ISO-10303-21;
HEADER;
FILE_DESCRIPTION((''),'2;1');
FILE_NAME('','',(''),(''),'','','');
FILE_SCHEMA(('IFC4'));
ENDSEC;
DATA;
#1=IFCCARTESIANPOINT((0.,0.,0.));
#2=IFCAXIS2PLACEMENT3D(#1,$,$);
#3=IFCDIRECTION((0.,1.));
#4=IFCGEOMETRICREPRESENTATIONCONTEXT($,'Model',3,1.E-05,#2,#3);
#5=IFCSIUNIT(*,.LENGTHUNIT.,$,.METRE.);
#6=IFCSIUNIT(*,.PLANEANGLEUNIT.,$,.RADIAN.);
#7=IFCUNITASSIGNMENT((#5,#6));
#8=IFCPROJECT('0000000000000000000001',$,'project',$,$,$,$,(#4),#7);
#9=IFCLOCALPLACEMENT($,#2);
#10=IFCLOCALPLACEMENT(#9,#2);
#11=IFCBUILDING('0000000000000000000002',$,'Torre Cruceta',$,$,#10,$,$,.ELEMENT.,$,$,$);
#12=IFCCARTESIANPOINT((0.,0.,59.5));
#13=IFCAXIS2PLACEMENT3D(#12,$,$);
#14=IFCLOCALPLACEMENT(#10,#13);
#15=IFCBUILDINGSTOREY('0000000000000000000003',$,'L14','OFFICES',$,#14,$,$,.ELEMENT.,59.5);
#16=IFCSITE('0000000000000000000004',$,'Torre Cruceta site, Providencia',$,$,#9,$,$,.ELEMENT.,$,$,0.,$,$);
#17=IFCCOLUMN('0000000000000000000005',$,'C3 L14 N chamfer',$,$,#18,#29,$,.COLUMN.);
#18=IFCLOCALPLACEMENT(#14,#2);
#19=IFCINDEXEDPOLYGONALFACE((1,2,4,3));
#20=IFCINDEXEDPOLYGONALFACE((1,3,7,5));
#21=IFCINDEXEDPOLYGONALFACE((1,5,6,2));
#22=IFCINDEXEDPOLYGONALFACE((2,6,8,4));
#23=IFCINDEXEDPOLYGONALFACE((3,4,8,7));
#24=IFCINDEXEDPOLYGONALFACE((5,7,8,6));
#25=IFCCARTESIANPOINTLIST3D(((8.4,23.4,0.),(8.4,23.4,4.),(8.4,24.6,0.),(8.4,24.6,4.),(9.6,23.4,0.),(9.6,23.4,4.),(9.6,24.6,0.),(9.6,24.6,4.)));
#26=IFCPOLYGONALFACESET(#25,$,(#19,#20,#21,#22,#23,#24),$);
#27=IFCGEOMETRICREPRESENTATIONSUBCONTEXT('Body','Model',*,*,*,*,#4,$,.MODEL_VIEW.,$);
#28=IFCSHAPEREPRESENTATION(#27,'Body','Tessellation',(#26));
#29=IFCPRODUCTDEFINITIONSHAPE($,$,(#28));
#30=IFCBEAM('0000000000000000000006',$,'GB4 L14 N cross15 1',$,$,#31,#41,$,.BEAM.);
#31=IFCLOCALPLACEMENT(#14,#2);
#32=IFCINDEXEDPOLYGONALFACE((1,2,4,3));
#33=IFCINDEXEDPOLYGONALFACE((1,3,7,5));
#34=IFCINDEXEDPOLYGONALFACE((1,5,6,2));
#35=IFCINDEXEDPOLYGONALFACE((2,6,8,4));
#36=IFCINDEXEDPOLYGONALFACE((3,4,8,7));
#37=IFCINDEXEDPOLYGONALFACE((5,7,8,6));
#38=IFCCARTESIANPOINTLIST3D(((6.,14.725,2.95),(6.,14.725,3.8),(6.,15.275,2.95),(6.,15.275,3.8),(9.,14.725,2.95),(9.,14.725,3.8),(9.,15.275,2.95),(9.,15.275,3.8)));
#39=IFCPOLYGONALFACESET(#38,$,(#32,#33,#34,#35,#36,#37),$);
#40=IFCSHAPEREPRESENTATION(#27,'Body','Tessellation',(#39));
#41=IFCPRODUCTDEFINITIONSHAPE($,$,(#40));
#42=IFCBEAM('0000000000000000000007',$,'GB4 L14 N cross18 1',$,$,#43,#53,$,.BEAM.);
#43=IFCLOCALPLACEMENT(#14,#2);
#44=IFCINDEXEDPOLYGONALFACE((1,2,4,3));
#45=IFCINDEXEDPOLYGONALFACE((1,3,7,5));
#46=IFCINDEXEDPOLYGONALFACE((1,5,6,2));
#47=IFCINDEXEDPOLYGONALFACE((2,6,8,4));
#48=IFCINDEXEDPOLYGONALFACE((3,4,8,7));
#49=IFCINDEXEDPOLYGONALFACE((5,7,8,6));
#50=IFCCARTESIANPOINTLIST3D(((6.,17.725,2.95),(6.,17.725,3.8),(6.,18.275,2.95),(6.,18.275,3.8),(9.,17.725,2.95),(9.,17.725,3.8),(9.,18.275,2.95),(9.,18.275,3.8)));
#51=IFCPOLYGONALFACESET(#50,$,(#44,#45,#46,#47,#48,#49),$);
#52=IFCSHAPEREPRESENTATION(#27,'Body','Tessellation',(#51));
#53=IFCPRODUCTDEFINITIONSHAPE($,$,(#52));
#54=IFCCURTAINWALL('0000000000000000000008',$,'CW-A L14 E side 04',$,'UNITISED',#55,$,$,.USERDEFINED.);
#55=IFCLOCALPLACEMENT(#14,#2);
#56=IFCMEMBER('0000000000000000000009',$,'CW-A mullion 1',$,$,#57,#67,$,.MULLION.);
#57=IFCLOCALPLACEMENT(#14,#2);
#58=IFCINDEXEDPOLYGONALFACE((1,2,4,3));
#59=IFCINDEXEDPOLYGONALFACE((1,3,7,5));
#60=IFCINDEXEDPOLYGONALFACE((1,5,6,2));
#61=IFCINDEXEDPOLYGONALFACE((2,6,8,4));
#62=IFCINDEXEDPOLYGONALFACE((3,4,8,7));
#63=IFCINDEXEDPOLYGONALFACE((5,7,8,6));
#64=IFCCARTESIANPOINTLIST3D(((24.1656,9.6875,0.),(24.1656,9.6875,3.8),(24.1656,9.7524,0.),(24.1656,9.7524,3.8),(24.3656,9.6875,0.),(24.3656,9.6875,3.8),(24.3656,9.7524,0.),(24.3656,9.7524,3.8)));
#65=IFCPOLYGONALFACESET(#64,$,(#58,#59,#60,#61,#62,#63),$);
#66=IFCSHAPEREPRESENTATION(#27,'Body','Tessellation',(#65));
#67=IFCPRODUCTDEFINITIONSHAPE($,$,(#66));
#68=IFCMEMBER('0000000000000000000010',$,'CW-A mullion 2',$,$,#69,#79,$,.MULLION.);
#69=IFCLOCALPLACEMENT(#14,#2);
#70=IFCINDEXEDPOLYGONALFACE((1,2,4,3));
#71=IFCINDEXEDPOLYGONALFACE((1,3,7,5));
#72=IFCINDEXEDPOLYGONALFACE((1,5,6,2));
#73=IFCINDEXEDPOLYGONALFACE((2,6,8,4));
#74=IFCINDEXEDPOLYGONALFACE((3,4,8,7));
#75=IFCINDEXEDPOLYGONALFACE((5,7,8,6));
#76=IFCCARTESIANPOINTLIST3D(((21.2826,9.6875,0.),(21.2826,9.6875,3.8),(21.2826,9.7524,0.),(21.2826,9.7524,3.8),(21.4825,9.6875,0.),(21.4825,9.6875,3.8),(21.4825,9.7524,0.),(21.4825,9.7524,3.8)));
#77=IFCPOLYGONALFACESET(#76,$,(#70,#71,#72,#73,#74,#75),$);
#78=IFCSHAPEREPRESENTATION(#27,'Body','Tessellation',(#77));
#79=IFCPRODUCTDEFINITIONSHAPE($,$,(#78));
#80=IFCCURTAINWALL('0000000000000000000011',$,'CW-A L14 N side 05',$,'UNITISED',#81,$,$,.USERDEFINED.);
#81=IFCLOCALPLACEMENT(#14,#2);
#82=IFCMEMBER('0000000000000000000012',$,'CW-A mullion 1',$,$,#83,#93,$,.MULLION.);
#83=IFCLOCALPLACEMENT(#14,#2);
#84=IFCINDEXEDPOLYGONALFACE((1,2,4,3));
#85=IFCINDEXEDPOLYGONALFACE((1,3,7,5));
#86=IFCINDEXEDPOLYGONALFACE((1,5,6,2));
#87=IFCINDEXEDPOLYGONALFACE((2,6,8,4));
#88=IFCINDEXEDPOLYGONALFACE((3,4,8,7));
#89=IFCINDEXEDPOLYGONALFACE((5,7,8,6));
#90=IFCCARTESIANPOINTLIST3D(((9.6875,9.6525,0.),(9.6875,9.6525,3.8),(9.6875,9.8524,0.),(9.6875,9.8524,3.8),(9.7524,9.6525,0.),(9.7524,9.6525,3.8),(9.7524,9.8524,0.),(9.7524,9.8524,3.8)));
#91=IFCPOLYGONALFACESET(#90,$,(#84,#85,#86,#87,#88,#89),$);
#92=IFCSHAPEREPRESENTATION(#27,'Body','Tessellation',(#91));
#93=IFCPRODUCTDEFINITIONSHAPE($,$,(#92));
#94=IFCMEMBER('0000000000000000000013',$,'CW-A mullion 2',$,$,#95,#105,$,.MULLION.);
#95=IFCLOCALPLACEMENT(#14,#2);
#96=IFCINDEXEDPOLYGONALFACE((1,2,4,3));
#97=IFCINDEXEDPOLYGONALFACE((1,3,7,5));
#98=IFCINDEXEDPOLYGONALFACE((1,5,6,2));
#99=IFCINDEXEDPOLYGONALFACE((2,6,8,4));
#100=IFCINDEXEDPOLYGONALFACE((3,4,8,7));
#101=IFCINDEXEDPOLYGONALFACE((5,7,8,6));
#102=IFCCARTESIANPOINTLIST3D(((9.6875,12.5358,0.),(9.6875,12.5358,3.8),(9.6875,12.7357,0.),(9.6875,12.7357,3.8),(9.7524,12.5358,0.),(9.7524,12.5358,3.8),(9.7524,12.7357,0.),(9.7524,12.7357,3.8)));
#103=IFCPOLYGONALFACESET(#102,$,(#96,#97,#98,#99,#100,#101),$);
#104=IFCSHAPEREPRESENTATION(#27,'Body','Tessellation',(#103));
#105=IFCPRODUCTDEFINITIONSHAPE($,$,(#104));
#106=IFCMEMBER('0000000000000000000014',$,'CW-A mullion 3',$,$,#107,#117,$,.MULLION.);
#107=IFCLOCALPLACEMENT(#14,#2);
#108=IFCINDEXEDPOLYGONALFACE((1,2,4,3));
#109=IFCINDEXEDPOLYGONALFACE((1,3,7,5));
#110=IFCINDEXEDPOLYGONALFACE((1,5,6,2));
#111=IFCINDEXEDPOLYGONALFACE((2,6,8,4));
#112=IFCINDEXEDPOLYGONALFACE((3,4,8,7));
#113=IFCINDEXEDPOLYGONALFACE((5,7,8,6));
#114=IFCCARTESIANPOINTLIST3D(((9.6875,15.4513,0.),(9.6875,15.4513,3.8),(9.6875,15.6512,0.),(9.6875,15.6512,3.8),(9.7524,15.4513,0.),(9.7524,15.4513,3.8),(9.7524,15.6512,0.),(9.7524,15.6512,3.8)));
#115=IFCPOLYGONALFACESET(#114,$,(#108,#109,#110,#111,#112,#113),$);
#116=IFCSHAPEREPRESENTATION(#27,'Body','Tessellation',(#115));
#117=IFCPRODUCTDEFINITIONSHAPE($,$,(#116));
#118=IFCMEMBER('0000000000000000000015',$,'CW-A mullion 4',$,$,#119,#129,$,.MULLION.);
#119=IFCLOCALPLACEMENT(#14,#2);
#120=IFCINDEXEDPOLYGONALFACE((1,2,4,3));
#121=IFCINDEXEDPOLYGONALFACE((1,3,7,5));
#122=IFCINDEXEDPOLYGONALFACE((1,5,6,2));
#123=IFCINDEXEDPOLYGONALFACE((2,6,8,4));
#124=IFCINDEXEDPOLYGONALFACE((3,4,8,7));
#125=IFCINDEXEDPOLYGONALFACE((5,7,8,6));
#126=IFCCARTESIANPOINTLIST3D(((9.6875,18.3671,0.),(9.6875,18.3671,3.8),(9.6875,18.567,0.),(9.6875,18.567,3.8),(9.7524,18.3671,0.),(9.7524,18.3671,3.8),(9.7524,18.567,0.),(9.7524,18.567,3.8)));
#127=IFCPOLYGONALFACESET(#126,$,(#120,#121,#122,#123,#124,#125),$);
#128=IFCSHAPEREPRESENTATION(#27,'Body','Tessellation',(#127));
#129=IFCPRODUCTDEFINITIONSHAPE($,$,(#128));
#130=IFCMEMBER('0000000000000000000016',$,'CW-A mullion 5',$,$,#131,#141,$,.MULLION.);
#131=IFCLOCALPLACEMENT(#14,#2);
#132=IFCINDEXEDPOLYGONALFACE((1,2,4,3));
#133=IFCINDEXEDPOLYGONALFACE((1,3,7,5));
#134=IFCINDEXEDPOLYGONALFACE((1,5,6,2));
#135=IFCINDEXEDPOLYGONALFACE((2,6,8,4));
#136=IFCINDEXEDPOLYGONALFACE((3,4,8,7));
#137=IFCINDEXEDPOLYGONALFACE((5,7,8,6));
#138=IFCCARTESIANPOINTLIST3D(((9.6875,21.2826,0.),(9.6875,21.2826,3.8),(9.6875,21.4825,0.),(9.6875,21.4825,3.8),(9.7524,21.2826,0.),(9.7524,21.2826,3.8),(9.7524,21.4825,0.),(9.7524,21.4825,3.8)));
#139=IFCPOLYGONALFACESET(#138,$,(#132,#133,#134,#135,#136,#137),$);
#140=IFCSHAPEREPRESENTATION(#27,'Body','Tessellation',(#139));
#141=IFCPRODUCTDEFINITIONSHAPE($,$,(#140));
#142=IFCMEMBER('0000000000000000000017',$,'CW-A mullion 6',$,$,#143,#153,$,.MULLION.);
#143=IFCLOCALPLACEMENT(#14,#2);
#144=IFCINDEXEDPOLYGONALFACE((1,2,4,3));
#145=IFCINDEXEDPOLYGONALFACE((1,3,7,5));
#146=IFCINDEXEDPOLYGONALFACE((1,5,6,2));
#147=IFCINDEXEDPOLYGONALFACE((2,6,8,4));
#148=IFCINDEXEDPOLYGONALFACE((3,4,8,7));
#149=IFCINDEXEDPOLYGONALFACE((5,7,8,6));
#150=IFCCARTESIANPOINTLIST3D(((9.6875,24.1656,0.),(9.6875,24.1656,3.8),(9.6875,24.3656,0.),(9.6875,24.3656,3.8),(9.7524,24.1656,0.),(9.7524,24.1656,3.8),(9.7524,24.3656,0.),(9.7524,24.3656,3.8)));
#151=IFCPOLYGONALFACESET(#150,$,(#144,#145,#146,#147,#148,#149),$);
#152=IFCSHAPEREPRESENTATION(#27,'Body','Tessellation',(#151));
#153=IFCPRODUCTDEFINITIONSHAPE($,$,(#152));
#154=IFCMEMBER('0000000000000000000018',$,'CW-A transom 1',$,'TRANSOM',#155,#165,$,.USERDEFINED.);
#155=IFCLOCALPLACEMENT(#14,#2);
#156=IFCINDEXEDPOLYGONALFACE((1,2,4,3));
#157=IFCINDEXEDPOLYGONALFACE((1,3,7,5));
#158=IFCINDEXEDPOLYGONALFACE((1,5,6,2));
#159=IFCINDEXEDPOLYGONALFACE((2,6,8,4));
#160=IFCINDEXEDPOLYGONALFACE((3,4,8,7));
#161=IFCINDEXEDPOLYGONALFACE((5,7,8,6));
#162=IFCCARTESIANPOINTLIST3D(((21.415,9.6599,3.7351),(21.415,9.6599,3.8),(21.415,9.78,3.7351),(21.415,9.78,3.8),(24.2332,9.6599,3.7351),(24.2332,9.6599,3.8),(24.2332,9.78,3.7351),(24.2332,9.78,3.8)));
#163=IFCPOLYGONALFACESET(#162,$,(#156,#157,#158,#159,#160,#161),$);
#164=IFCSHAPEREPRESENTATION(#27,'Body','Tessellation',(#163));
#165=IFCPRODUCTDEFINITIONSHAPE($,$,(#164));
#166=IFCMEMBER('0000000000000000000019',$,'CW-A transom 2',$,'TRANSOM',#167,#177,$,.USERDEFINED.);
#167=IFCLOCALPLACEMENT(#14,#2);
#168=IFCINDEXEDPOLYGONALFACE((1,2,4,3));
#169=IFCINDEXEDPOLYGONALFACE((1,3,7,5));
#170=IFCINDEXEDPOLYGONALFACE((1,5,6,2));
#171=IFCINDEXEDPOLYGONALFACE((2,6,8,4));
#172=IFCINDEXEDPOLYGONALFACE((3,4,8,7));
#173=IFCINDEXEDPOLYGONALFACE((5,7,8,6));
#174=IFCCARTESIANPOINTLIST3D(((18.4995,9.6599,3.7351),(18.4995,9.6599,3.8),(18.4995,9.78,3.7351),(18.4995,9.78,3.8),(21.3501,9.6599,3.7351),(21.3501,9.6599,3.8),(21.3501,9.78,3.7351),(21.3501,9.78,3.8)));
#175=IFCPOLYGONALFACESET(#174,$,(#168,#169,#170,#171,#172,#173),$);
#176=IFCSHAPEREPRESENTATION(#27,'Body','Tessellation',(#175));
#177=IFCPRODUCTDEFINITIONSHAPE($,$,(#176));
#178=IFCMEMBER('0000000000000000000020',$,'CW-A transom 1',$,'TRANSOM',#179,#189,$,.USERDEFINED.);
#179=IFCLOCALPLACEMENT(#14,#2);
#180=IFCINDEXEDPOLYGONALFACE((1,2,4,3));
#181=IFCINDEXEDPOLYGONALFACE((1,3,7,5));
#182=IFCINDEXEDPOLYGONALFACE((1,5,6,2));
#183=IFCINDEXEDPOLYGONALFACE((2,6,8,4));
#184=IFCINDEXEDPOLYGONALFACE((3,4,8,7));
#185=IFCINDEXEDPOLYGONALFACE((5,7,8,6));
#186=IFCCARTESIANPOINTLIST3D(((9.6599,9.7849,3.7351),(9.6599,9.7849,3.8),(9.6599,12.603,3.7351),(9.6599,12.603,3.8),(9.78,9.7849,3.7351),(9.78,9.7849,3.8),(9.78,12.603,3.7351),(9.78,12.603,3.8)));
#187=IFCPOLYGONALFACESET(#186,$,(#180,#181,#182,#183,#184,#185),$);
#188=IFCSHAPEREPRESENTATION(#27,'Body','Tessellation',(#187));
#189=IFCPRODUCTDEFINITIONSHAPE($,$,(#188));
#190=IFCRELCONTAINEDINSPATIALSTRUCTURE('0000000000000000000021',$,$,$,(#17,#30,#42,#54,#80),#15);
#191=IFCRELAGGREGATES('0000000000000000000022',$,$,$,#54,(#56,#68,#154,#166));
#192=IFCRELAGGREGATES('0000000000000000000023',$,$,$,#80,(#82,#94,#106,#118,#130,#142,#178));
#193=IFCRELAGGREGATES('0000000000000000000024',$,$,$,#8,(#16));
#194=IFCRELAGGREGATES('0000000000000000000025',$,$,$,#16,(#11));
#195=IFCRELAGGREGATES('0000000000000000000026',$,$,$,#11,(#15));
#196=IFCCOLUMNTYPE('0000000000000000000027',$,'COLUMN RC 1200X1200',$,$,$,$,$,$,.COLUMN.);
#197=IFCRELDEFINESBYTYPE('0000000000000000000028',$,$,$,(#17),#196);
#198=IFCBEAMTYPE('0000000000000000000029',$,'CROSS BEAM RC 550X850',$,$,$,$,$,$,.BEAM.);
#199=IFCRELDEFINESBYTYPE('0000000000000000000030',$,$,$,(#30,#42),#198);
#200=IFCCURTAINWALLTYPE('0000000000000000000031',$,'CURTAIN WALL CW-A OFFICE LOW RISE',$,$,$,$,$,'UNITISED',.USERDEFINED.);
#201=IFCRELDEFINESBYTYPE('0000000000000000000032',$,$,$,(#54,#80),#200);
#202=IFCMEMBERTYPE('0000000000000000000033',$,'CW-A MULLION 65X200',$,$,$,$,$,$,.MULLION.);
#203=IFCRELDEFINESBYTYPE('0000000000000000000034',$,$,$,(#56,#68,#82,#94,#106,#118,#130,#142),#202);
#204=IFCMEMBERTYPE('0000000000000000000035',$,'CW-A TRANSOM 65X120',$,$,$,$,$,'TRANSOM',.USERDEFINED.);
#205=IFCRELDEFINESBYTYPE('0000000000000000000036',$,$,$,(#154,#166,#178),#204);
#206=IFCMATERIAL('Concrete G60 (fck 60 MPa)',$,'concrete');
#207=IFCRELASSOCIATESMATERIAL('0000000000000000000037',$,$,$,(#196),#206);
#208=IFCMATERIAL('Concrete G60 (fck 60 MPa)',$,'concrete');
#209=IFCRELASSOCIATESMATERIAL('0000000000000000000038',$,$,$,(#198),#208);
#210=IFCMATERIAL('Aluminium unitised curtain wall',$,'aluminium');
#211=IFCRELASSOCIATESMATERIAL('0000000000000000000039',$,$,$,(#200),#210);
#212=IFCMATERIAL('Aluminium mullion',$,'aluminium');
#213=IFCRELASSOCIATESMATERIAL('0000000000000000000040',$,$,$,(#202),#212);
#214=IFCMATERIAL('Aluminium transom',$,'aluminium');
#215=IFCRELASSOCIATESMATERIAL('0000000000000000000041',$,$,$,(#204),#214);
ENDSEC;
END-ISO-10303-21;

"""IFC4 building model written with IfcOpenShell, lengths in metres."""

from ifc_helpers import new_model, si_unit, direction, frame, origin, origin_2d, place, context, subcontext, project, spatial, rectangle, extrude, material, material_profile, profile_set, type_object, element, aggregate, save


model = new_model("IFC4")

# Units and contexts
model_context = context("Model", 3, precision=1e-05, world=origin(), true_north=direction((0.0, 1.0)))
body_context = subcontext(model_context, "Body", "Model", "MODEL_VIEW")
ifc_project = project(units=[si_unit("LENGTHUNIT", "METRE"), si_unit("PLANEANGLEUNIT", "RADIAN")], contexts=[model_context])

# Site, building, storey
site_placement = place(None, origin())
site = spatial("IfcSite", under=ifc_project, at=site_placement, Name="Torre Cruceta site, Providencia", CompositionType="ELEMENT", RefElevation=0.0)
building_placement = place(site_placement, origin())
building = spatial("IfcBuilding", under=site, at=building_placement, Name="Torre Cruceta", CompositionType="ELEMENT")
storey_placement = place(building_placement, frame((0.0, 0.0, 59.5)))
storey = spatial("IfcBuildingStorey", under=building, at=storey_placement, Name="L14", Description="OFFICES", CompositionType="ELEMENT", Elevation=59.5)

# Column
ifc_material_1 = material(Name="Concrete G60 (fck 60 MPa)", Category="concrete")
ifc_material_profile_1 = material_profile(ifc_material_1, rectangle(XDim=1.2, YDim=1.2, at=origin_2d()), Name="RC 1200X1200")
ifc_profile_set_1 = profile_set([ifc_material_profile_1], Name="Concrete G60 (fck 60 MPa)")
column_type = type_object("IfcColumnType", Name="COLUMN RC 1200X1200", PredefinedType="COLUMN", material=ifc_profile_set_1)
column_placement = place(storey_placement, frame((9.0, 24.0, 0.0), z_axis=(0.0, 0.0, 1.0), x_axis=(1.0, 0.0, 0.0)))
element("IfcColumn", 1, at=column_placement, inside=storey, type_object=column_type, Name="C3 L14 N chamfer", PredefinedType="COLUMN", context=body_context, shape_type="SweptSolid", body=[
    extrude(rectangle(XDim=1.2, YDim=1.2, at=origin_2d()), origin(), (0.0, 0.0, 1.0), 4.0),
])

# Beams
ifc_material_2 = material(Name="Concrete G60 (fck 60 MPa)", Category="concrete")
ifc_material_profile_2 = material_profile(ifc_material_2, rectangle(XDim=0.55, YDim=0.8501, at=origin_2d()), Name="RC 550X850")
ifc_profile_set_2 = profile_set([ifc_material_profile_2], Name="Concrete G60 (fck 60 MPa)")
beam_type_1 = type_object("IfcBeamType", Name="CROSS BEAM RC 550X850", PredefinedType="BEAM", material=ifc_profile_set_2)
for number, where, z_axis, x_axis, name in (
    (2, (9.0, 15.0, 3.375), (-1.0, 0.0, 0.0), (0.0, -1.0, 0.0), "GB4 L14 N cross15 1"),
    (3, (9.0, 18.0, 3.375), (-1.0, 0.0, 0.0), (0.0, -1.0, 0.0), "GB4 L14 N cross18 1"),
):
    element("IfcBeam", number, at=place(storey_placement, frame(where, z_axis=z_axis, x_axis=x_axis)), inside=storey, type_object=beam_type_1, Name=name, PredefinedType="BEAM", context=body_context, shape_type="SweptSolid", body=[
        extrude(rectangle(XDim=0.55, YDim=0.8501, at=origin_2d()), origin(), (0.0, 0.0, 1.0), 3.0),
    ])

# Curtain walls, members
ifc_material_3 = material(Name="Aluminium unitised curtain wall", Category="aluminium")
curtain_wall_type = type_object("IfcCurtainWallType", Name="CURTAIN WALL CW-A OFFICE LOW RISE", ElementType="UNITISED", PredefinedType="USERDEFINED", material=ifc_material_3)
curtain_wall_1_placement = place(storey_placement, origin())
curtain_wall_1 = element("IfcCurtainWall", 4, at=curtain_wall_1_placement, inside=storey, type_object=curtain_wall_type, Name="CW-A L14 E side 04", ObjectType="UNITISED", PredefinedType="USERDEFINED")
ifc_material_4 = material(Name="Aluminium mullion", Category="aluminium")
ifc_material_profile_3 = material_profile(ifc_material_4, rectangle(XDim=0.0649, YDim=0.2, at=origin_2d()), Name="AL 65X200")
ifc_profile_set_3 = profile_set([ifc_material_profile_3], Name="Aluminium mullion")
member_type_1 = type_object("IfcMemberType", Name="CW-A MULLION 65X200", PredefinedType="MULLION", material=ifc_profile_set_3)
member_1_placement = place(storey_placement, frame((24.2656, 9.72, 0.0), z_axis=(0.0, 0.0, 1.0), x_axis=(0.0, -1.0, 0.0)))
member_1 = element("IfcMember", 5, at=member_1_placement, type_object=member_type_1, Name="CW-A mullion 1", PredefinedType="MULLION", context=body_context, shape_type="SweptSolid", body=[
    extrude(rectangle(XDim=0.0649, YDim=0.2, at=origin_2d()), origin(), (0.0, 0.0, 1.0), 3.8),
])
member_2_placement = place(storey_placement, frame((21.3826, 9.72, 0.0), z_axis=(0.0, 0.0, 1.0), x_axis=(0.0, -1.0, 0.0)))
member_2 = element("IfcMember", 6, at=member_2_placement, type_object=member_type_1, Name="CW-A mullion 2", PredefinedType="MULLION", context=body_context, shape_type="SweptSolid", body=[
    extrude(rectangle(XDim=0.0649, YDim=0.2, at=origin_2d()), origin(), (0.0, 0.0, 1.0), 3.8),
])
curtain_wall_2_placement = place(storey_placement, origin())
curtain_wall_2 = element("IfcCurtainWall", 7, at=curtain_wall_2_placement, inside=storey, type_object=curtain_wall_type, Name="CW-A L14 N side 05", ObjectType="UNITISED", PredefinedType="USERDEFINED")
member_3_placement = place(storey_placement, frame((9.72, 9.7524, 0.0), z_axis=(0.0, 0.0, 1.0), x_axis=(-1.0, 0.0, 0.0)))
member_3 = element("IfcMember", 8, at=member_3_placement, type_object=member_type_1, Name="CW-A mullion 1", PredefinedType="MULLION", context=body_context, shape_type="SweptSolid", body=[
    extrude(rectangle(XDim=0.0649, YDim=0.2, at=origin_2d()), origin(), (0.0, 0.0, 1.0), 3.8),
])
member_4_placement = place(storey_placement, frame((9.72, 12.6357, 0.0), z_axis=(0.0, 0.0, 1.0), x_axis=(-1.0, 0.0, 0.0)))
member_4 = element("IfcMember", 9, at=member_4_placement, type_object=member_type_1, Name="CW-A mullion 2", PredefinedType="MULLION", context=body_context, shape_type="SweptSolid", body=[
    extrude(rectangle(XDim=0.0649, YDim=0.2, at=origin_2d()), origin(), (0.0, 0.0, 1.0), 3.8),
])
member_5_placement = place(storey_placement, frame((9.72, 15.5513, 0.0), z_axis=(0.0, 0.0, 1.0), x_axis=(-1.0, 0.0, 0.0)))
member_5 = element("IfcMember", 10, at=member_5_placement, type_object=member_type_1, Name="CW-A mullion 3", PredefinedType="MULLION", context=body_context, shape_type="SweptSolid", body=[
    extrude(rectangle(XDim=0.0649, YDim=0.2, at=origin_2d()), origin(), (0.0, 0.0, 1.0), 3.8),
])
member_6_placement = place(storey_placement, frame((9.72, 18.467, 0.0), z_axis=(0.0, 0.0, 1.0), x_axis=(-1.0, 0.0, 0.0)))
member_6 = element("IfcMember", 11, at=member_6_placement, type_object=member_type_1, Name="CW-A mullion 4", PredefinedType="MULLION", context=body_context, shape_type="SweptSolid", body=[
    extrude(rectangle(XDim=0.0649, YDim=0.2, at=origin_2d()), origin(), (0.0, 0.0, 1.0), 3.8),
])
member_7_placement = place(storey_placement, frame((9.72, 21.3826, 0.0), z_axis=(0.0, 0.0, 1.0), x_axis=(-1.0, 0.0, 0.0)))
member_7 = element("IfcMember", 12, at=member_7_placement, type_object=member_type_1, Name="CW-A mullion 5", PredefinedType="MULLION", context=body_context, shape_type="SweptSolid", body=[
    extrude(rectangle(XDim=0.0649, YDim=0.2, at=origin_2d()), origin(), (0.0, 0.0, 1.0), 3.8),
])
member_8_placement = place(storey_placement, frame((9.72, 24.2656, 0.0), z_axis=(0.0, 0.0, 1.0), x_axis=(-1.0, 0.0, 0.0)))
member_8 = element("IfcMember", 13, at=member_8_placement, type_object=member_type_1, Name="CW-A mullion 6", PredefinedType="MULLION", context=body_context, shape_type="SweptSolid", body=[
    extrude(rectangle(XDim=0.0649, YDim=0.2, at=origin_2d()), origin(), (0.0, 0.0, 1.0), 3.8),
])

# Members
ifc_material_5 = material(Name="Aluminium transom", Category="aluminium")
ifc_material_profile_4 = material_profile(ifc_material_5, rectangle(XDim=0.1201, YDim=0.0649, at=origin_2d()), Name="AL 120X65")
ifc_profile_set_4 = profile_set([ifc_material_profile_4], Name="Aluminium transom")
member_type_2 = type_object("IfcMemberType", Name="CW-A TRANSOM 65X120", ElementType="TRANSOM", PredefinedType="USERDEFINED", material=ifc_profile_set_4)
member_9_placement = place(storey_placement, frame((24.2332, 9.72, 3.7676), z_axis=(-1.0, 0.0, 0.0), x_axis=(0.0, -1.0, 0.0)))
member_9 = element("IfcMember", 14, at=member_9_placement, type_object=member_type_2, Name="CW-A transom 1", ObjectType="TRANSOM", PredefinedType="USERDEFINED", context=body_context, shape_type="SweptSolid", body=[
    extrude(rectangle(XDim=0.1201, YDim=0.0649, at=origin_2d()), origin(), (0.0, 0.0, 1.0), 2.8181),
])
member_10_placement = place(storey_placement, frame((21.3501, 9.72, 3.7676), z_axis=(-1.0, 0.0, 0.0), x_axis=(0.0, -1.0, 0.0)))
member_10 = element("IfcMember", 15, at=member_10_placement, type_object=member_type_2, Name="CW-A transom 2", ObjectType="TRANSOM", PredefinedType="USERDEFINED", context=body_context, shape_type="SweptSolid", body=[
    extrude(rectangle(XDim=0.1201, YDim=0.0649, at=origin_2d()), origin(), (0.0, 0.0, 1.0), 2.8506),
])
member_11_placement = place(storey_placement, frame((9.72, 9.7849, 3.7676), z_axis=(0.0, 1.0, 0.0), x_axis=(-1.0, 0.0, 0.0)))
member_11 = element("IfcMember", 16, at=member_11_placement, type_object=member_type_2, Name="CW-A transom 1", ObjectType="TRANSOM", PredefinedType="USERDEFINED", context=body_context, shape_type="SweptSolid", body=[
    extrude(rectangle(XDim=0.1201, YDim=0.0649, at=origin_2d()), origin(), (0.0, 0.0, 1.0), 2.8181),
])

aggregate(curtain_wall_1, [member_1, member_2, member_9, member_10])
aggregate(curtain_wall_2, [member_3, member_4, member_5, member_6, member_7, member_8, member_11])

save(model, "model.ifc")
